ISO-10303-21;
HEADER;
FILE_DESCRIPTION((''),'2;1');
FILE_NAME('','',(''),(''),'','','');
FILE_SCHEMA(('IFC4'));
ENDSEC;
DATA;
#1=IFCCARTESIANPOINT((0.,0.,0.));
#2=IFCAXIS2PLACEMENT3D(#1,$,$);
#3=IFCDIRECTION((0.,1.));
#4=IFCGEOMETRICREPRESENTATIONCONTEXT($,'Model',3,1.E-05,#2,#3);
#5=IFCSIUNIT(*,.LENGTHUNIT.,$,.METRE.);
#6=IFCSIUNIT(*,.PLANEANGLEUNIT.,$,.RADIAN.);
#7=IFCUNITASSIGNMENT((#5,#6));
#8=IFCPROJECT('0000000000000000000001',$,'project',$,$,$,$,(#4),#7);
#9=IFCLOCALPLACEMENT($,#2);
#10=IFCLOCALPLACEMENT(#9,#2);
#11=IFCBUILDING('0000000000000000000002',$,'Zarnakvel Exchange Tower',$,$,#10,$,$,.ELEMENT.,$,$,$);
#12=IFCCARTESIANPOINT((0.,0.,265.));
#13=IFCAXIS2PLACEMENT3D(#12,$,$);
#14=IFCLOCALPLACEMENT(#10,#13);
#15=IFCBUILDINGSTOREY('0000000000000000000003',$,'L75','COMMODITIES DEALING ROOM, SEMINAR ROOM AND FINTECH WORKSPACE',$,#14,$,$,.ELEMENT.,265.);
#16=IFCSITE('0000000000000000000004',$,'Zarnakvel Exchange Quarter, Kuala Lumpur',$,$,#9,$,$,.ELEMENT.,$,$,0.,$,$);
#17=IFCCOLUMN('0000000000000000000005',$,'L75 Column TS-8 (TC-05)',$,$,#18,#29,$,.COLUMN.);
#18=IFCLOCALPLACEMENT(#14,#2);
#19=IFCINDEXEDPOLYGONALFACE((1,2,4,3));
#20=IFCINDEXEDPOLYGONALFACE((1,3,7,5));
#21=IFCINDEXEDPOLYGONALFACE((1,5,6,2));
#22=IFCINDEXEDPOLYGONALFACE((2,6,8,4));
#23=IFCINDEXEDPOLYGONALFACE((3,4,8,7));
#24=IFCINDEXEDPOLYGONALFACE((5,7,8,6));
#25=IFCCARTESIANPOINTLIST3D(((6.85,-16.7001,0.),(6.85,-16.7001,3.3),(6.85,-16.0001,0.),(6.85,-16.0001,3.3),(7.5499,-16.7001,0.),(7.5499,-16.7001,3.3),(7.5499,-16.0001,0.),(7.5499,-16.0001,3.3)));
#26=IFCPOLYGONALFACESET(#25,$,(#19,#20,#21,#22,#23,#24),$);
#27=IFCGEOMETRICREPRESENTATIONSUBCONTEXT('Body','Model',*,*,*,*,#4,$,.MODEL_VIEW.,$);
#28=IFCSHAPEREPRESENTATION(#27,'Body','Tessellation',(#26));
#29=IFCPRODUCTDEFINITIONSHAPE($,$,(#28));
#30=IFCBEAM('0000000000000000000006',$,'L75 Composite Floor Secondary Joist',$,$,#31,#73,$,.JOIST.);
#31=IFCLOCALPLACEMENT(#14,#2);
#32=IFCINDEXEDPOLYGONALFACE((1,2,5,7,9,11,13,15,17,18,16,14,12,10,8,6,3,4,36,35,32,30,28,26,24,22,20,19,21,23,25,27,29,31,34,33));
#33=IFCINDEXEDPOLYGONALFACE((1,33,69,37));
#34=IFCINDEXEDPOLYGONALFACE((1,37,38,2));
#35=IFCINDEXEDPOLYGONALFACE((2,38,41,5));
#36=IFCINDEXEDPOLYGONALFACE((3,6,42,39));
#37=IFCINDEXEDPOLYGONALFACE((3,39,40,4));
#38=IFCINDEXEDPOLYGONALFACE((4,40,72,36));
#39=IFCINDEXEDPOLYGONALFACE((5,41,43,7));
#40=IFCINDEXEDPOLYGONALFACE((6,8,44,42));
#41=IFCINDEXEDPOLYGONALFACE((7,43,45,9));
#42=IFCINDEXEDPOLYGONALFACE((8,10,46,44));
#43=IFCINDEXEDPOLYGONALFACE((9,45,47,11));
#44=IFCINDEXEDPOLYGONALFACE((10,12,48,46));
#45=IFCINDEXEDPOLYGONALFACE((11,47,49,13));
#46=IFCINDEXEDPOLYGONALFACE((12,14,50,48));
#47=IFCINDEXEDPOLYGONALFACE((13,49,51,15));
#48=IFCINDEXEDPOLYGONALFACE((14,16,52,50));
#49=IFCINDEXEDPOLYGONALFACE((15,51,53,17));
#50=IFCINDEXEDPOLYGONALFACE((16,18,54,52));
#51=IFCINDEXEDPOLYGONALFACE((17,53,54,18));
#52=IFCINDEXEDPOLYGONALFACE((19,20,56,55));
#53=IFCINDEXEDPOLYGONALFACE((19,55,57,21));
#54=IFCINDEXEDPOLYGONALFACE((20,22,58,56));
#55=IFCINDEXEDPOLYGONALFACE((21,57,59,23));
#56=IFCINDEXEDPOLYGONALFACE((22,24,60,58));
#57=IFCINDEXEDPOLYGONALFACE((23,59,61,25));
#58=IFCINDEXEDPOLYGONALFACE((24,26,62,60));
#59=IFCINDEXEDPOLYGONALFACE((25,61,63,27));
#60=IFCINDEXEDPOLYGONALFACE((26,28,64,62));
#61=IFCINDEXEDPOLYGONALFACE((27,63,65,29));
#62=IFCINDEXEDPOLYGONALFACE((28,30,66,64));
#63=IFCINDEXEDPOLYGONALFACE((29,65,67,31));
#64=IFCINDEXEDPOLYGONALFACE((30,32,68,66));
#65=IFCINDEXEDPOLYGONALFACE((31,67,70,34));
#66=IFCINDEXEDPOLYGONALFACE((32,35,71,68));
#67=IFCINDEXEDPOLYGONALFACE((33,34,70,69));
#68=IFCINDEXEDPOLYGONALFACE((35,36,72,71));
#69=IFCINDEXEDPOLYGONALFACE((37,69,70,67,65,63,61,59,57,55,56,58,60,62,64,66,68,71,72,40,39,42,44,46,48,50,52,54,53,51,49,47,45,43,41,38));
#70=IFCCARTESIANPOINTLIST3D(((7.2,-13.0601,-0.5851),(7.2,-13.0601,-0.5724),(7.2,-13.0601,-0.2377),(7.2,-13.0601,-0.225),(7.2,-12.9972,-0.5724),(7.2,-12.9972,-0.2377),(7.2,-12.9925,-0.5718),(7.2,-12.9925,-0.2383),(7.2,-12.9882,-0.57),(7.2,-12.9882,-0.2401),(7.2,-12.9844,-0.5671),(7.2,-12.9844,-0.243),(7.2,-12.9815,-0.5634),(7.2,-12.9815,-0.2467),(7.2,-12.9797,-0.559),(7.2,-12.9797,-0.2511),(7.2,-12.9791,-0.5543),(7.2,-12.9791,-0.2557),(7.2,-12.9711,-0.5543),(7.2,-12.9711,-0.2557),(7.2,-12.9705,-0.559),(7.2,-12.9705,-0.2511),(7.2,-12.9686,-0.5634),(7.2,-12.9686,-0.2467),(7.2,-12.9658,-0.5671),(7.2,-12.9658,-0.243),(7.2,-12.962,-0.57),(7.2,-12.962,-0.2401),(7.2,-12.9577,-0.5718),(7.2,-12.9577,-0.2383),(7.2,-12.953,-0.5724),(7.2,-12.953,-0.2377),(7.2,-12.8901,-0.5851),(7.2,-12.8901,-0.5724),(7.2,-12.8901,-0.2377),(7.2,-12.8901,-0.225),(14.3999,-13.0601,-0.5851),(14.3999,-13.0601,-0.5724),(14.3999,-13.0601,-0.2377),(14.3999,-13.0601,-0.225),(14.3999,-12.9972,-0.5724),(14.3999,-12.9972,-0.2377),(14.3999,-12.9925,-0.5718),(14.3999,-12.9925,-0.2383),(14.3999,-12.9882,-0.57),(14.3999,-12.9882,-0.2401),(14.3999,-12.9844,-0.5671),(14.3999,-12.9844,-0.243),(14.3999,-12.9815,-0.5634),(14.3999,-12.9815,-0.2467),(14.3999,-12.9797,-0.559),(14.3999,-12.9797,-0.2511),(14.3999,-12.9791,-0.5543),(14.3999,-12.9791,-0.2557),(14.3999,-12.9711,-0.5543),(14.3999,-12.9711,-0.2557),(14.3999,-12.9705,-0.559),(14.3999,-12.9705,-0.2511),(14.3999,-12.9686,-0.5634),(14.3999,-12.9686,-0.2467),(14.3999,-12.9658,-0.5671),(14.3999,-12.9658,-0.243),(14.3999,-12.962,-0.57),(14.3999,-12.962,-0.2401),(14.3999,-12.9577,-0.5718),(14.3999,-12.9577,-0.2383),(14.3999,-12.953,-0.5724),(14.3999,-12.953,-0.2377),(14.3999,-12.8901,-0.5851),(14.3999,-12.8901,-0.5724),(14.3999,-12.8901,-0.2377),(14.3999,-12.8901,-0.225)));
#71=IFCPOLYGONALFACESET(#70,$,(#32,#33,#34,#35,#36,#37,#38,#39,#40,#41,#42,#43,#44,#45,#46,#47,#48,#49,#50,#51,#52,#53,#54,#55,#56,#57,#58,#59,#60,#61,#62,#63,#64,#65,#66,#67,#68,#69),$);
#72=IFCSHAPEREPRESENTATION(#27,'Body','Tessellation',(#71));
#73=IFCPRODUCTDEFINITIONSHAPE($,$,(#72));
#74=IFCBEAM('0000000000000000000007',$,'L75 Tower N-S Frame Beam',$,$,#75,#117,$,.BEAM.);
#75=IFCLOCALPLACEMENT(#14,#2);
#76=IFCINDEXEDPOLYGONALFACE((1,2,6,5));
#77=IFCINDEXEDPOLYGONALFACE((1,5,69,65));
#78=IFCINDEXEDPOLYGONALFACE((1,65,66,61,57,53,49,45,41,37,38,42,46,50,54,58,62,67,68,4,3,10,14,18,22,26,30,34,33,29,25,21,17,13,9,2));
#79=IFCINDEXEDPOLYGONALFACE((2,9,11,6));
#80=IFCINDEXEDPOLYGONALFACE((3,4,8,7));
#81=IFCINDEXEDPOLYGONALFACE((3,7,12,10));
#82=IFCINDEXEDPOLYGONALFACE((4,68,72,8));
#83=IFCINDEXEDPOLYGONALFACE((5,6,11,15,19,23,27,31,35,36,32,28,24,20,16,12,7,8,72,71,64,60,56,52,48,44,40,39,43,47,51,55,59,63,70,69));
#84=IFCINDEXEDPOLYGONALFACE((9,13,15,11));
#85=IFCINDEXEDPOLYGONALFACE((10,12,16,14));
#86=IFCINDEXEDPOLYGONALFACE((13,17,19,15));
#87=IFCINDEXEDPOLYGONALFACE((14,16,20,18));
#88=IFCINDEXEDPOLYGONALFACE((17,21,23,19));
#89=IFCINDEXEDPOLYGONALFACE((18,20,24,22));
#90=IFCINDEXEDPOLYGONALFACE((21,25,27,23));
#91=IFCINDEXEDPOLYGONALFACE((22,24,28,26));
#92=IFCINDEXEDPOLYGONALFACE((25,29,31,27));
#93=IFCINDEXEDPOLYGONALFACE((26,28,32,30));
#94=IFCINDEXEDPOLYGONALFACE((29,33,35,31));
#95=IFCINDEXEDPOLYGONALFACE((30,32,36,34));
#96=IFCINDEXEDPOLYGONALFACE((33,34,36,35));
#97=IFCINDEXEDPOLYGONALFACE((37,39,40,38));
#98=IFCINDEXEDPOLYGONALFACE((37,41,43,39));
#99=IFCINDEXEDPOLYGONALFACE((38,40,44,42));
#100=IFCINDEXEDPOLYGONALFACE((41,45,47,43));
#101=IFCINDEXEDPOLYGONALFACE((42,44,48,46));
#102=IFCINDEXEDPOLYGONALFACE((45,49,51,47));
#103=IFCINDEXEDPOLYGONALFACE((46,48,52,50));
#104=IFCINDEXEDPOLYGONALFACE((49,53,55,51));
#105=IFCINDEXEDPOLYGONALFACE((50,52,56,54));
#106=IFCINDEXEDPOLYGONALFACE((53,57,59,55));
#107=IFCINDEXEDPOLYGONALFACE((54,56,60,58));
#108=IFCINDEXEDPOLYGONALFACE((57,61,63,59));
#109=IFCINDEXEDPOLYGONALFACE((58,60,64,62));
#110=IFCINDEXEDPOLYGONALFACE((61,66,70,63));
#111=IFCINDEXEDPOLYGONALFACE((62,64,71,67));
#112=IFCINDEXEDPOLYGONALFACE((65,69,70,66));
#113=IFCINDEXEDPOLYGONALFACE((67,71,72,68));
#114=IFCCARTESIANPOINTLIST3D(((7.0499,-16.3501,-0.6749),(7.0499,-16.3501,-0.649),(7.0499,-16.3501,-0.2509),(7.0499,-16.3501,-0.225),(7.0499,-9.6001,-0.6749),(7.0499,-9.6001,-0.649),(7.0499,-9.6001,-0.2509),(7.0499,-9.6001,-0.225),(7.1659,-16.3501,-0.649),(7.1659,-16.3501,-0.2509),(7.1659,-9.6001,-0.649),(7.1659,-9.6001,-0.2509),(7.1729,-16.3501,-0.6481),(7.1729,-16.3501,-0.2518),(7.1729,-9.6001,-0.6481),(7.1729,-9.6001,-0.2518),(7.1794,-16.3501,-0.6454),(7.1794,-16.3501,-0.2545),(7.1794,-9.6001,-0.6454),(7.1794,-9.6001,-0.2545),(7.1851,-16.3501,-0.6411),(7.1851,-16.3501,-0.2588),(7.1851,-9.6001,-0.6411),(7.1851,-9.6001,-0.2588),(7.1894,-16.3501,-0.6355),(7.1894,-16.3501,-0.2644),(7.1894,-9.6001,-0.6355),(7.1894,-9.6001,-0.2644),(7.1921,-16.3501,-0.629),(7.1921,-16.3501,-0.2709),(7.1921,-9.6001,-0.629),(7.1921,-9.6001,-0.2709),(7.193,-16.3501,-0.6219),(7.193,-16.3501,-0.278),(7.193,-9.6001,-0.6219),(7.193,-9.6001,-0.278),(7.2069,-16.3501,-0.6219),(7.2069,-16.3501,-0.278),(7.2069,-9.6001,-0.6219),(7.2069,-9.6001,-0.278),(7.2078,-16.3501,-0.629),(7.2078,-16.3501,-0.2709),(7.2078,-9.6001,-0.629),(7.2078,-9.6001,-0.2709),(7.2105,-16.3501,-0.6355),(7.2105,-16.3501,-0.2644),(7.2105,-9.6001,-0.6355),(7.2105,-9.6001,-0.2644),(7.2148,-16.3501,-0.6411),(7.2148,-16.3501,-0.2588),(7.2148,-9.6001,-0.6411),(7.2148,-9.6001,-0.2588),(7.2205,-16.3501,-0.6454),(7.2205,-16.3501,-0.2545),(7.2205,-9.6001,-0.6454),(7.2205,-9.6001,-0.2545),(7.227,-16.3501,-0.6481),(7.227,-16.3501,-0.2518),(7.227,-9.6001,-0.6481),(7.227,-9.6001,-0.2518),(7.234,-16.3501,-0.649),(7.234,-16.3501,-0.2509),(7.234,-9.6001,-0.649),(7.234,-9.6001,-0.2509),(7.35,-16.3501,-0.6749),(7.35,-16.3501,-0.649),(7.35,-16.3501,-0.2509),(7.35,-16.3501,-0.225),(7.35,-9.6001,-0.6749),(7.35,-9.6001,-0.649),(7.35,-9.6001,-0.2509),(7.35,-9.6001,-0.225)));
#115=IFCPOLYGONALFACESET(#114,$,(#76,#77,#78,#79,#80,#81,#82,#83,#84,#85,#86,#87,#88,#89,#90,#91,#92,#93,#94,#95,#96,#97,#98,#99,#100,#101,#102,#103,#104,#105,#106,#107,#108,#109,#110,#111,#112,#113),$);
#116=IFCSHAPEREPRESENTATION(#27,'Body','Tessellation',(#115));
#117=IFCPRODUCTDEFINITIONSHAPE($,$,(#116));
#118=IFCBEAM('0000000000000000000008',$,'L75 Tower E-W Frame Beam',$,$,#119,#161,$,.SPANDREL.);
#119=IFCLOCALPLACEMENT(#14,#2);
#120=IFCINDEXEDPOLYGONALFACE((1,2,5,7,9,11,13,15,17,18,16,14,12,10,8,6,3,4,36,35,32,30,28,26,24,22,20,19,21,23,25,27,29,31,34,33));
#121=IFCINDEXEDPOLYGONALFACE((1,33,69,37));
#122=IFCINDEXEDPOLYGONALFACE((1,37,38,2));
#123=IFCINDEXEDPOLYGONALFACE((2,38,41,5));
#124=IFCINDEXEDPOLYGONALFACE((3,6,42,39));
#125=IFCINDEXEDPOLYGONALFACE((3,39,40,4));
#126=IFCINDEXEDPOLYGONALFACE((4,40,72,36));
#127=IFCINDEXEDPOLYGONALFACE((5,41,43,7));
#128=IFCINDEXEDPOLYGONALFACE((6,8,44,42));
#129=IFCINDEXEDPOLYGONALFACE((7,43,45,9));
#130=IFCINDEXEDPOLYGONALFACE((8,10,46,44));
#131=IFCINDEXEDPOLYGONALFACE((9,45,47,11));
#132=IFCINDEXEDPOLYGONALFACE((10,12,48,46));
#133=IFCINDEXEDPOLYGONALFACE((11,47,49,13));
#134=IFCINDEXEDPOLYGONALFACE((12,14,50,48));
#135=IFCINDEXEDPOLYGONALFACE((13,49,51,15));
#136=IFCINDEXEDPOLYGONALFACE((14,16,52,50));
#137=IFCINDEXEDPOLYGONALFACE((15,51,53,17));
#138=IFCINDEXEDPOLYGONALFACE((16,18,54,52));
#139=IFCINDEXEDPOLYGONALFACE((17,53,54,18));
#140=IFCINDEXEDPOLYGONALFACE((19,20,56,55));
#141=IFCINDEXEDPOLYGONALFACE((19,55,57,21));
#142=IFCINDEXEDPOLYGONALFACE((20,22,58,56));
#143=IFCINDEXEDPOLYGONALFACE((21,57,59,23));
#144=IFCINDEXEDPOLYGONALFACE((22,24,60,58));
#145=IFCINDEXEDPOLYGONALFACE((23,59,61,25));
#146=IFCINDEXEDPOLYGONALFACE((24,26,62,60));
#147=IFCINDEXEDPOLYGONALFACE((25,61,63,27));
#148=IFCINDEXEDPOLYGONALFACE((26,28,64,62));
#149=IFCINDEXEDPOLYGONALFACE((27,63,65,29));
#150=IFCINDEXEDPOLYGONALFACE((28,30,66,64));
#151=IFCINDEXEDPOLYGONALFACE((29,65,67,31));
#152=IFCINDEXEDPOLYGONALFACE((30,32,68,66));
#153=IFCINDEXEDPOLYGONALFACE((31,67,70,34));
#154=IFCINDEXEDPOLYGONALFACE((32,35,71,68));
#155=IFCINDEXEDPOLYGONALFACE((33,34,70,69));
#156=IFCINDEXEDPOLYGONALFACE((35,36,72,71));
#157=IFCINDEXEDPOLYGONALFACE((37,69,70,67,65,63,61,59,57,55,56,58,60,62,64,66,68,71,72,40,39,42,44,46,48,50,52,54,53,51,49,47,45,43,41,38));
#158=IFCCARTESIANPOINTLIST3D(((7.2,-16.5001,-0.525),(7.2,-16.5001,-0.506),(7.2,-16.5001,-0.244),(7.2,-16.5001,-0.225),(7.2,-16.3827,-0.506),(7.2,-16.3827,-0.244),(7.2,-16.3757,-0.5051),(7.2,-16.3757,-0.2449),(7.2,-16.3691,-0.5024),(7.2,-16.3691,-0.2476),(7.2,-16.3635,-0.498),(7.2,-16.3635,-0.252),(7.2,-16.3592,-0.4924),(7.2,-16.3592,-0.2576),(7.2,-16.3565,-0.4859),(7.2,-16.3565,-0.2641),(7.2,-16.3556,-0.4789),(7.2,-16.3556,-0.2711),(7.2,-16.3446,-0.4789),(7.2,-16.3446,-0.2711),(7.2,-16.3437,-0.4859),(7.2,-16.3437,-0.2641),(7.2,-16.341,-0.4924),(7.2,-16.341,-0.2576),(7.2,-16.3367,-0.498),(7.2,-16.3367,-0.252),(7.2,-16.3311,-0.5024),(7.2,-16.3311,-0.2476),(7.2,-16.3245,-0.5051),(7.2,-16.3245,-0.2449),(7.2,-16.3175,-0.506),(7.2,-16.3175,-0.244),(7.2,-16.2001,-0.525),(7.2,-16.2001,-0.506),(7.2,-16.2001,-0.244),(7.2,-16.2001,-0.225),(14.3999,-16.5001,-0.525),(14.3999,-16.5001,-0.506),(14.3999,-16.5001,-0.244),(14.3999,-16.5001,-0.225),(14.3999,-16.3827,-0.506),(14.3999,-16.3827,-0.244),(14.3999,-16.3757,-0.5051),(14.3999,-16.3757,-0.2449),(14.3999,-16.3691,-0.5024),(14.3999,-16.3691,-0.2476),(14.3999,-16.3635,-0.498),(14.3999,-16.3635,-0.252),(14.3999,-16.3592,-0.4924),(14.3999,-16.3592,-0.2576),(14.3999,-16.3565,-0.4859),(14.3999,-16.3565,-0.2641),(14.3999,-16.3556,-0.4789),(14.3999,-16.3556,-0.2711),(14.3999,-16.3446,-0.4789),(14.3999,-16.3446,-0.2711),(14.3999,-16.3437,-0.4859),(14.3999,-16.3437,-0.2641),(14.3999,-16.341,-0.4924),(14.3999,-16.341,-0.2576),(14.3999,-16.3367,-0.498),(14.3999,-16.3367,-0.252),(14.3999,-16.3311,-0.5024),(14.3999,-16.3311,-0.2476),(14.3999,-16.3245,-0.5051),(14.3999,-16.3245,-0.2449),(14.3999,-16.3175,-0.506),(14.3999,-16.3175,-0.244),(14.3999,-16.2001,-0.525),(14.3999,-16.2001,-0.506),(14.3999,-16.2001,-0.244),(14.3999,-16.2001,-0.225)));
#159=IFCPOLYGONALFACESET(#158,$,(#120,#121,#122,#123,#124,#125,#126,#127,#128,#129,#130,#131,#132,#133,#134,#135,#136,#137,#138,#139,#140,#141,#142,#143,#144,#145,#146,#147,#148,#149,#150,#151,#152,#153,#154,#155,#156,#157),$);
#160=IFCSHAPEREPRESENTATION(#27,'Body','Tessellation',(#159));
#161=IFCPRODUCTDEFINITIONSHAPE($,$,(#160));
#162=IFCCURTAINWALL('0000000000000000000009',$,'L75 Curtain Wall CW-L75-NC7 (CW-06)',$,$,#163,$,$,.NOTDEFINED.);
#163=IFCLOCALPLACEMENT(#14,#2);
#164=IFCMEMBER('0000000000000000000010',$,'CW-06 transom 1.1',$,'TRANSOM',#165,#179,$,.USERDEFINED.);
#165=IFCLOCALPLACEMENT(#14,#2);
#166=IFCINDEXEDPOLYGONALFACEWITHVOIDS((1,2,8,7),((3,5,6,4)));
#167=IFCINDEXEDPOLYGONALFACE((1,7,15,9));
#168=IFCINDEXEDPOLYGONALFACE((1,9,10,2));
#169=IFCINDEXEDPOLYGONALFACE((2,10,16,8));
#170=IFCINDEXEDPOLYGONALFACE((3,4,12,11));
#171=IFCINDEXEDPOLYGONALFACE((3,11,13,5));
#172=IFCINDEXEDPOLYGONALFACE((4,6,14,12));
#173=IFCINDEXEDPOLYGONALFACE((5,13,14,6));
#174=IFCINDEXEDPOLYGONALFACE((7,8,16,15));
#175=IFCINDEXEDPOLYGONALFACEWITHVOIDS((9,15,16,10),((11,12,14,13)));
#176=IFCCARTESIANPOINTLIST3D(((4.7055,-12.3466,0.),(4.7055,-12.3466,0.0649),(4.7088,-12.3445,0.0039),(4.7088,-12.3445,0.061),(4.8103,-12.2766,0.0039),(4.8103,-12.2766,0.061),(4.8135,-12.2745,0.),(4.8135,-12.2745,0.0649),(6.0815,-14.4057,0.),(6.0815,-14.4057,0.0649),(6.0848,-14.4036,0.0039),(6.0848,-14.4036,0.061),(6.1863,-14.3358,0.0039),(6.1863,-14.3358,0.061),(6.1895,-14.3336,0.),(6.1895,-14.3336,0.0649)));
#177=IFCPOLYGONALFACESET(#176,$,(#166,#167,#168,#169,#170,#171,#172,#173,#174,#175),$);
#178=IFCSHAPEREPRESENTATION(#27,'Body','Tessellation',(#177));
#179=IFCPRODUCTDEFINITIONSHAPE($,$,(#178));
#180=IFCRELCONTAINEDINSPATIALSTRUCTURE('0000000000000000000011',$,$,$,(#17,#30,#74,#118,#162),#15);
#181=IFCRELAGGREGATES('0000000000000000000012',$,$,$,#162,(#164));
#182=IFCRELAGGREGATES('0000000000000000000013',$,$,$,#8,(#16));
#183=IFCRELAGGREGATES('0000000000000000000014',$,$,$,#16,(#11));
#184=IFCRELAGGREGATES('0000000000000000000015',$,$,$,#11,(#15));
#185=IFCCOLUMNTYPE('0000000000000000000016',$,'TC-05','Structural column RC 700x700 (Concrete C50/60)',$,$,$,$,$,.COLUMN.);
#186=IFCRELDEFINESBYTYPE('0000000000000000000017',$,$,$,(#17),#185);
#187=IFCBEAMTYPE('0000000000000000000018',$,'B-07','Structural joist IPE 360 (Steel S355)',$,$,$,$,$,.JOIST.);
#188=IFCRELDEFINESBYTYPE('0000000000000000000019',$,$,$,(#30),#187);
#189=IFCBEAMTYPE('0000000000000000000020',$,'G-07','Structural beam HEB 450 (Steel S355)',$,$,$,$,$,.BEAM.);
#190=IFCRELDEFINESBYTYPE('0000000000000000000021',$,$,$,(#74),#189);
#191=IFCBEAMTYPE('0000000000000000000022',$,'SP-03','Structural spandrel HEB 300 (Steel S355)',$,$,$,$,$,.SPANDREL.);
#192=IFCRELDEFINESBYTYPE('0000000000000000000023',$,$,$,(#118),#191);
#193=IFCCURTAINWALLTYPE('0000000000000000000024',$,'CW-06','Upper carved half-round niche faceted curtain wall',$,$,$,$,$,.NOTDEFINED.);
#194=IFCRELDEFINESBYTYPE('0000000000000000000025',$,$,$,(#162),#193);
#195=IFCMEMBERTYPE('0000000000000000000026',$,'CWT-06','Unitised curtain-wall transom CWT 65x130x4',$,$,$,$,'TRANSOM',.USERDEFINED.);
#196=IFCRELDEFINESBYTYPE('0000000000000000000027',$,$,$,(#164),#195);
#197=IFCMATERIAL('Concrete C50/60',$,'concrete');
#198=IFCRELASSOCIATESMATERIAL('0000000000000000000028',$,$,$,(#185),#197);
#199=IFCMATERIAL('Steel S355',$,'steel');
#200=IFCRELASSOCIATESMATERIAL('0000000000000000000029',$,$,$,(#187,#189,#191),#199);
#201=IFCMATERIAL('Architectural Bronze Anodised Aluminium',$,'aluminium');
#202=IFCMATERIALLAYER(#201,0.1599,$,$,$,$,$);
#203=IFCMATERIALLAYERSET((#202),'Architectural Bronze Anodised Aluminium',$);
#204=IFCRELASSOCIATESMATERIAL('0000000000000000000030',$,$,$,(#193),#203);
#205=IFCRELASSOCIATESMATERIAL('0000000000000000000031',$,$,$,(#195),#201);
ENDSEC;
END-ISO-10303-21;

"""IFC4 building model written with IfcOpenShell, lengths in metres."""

from ifc_helpers import new_model, si_unit, direction, frame, origin, origin_2d, place, context, subcontext, project, spatial, rectangle, hollow_rectangle, i_section, extrude, source, transform, mapped, material, layer, layer_set, material_profile, profile_set, type_object, element, aggregate, save


model = new_model("IFC4")

# Units and contexts
model_context = context("Model", 3, precision=1e-05, world=origin(), true_north=direction((0.0, 1.0)))
body_context = subcontext(model_context, "Body", "Model", "MODEL_VIEW")
ifc_project = project(units=[si_unit("LENGTHUNIT", "METRE"), si_unit("PLANEANGLEUNIT", "RADIAN")], contexts=[model_context])

# Site, building, storey
site_placement = place(None, origin())
site = spatial("IfcSite", under=ifc_project, at=site_placement, Name="Zarnakvel Exchange Quarter, Kuala Lumpur", CompositionType="ELEMENT", RefElevation=0.0)
building_placement = place(site_placement, origin())
building = spatial("IfcBuilding", under=site, at=building_placement, Name="Zarnakvel Exchange Tower", CompositionType="ELEMENT")
storey_placement = place(building_placement, frame((0.0, 0.0, 265.0)))
storey = spatial("IfcBuildingStorey", under=building, at=storey_placement, Name="L75", Description="COMMODITIES DEALING ROOM, SEMINAR ROOM AND FINTECH WORKSPACE", CompositionType="ELEMENT", Elevation=265.0)

# Column
ifc_material_1 = material(Name="Concrete C50/60", Category="concrete")
ifc_material_profile_1 = material_profile(ifc_material_1, rectangle(XDim=0.7, YDim=0.7, at=origin_2d()))
ifc_profile_set_1 = profile_set([ifc_material_profile_1], Name="Concrete C50/60")
column_type = type_object("IfcColumnType", Name="TC-05", Description="Structural column RC 700x700 (Concrete C50/60)", PredefinedType="COLUMN", material=ifc_profile_set_1)
column_placement = place(storey_placement, frame((7.2, -16.3501, 0.0), z_axis=(0.0, 0.0, 1.0), x_axis=(1.0, 0.0, 0.0)))
element("IfcColumn", 1, at=column_placement, inside=storey, type_object=column_type, Name="L75 Column TS-8 (TC-05)", PredefinedType="COLUMN", context=body_context, shape_type="SweptSolid", body=[
    extrude(rectangle(XDim=0.7, YDim=0.7, at=origin_2d()), origin(), (0.0, 0.0, 1.0), 3.3),
])

# Beams
ifc_material_2 = material(Name="Steel S355", Category="steel")
ifc_material_profile_2 = material_profile(ifc_material_2, i_section(OverallWidth=0.1699, OverallDepth=0.3601, WebThickness=0.0081, FlangeThickness=0.0127, FilletRadius=0.0181, at=origin_2d()))
ifc_profile_set_2 = profile_set([ifc_material_profile_2], Name="Steel S355")
beam_type_1 = type_object("IfcBeamType", Name="B-07", Description="Structural joist IPE 360 (Steel S355)", PredefinedType="JOIST", material=ifc_profile_set_2)
beam_1_placement = place(storey_placement, frame((7.2, -12.9751, -0.405), z_axis=(1.0, 0.0, 0.0), x_axis=(0.0, 1.0, 0.0)))
element("IfcBeam", 2, at=beam_1_placement, inside=storey, type_object=beam_type_1, Name="L75 Composite Floor Secondary Joist", PredefinedType="JOIST", context=body_context, shape_type="SweptSolid", body=[
    extrude(i_section(OverallWidth=0.1699, OverallDepth=0.3601, WebThickness=0.0081, FlangeThickness=0.0127, FilletRadius=0.0181, at=origin_2d()), origin(), (0.0, 0.0, 1.0), 7.2),
])
ifc_material_profile_3 = material_profile(ifc_material_2, i_section(OverallWidth=0.3, OverallDepth=0.45, WebThickness=0.0139, FlangeThickness=0.0259, FilletRadius=0.0271, at=origin_2d()))
ifc_profile_set_3 = profile_set([ifc_material_profile_3], Name="Steel S355")
beam_type_2 = type_object("IfcBeamType", Name="G-07", Description="Structural beam HEB 450 (Steel S355)", PredefinedType="BEAM", material=ifc_profile_set_3)
beam_2_placement = place(storey_placement, frame((7.2, -16.3501, -0.45), z_axis=(0.0, 1.0, 0.0), x_axis=(-1.0, 0.0, 0.0)))
element("IfcBeam", 3, at=beam_2_placement, inside=storey, type_object=beam_type_2, Name="L75 Tower N-S Frame Beam", PredefinedType="BEAM", context=body_context, shape_type="SweptSolid", body=[
    extrude(i_section(OverallWidth=0.3, OverallDepth=0.45, WebThickness=0.0139, FlangeThickness=0.0259, FilletRadius=0.0271, at=origin_2d()), origin(), (0.0, 0.0, 1.0), 6.75),
])
ifc_material_profile_4 = material_profile(ifc_material_2, i_section(OverallWidth=0.3, OverallDepth=0.3, WebThickness=0.011, FlangeThickness=0.019, FilletRadius=0.0271, at=origin_2d()))
ifc_profile_set_4 = profile_set([ifc_material_profile_4], Name="Steel S355")
beam_type_3 = type_object("IfcBeamType", Name="SP-03", Description="Structural spandrel HEB 300 (Steel S355)", PredefinedType="SPANDREL", material=ifc_profile_set_4)
beam_3_placement = place(storey_placement, frame((7.2, -16.3501, -0.375), z_axis=(1.0, 0.0, 0.0), x_axis=(0.0, 1.0, 0.0)))
element("IfcBeam", 4, at=beam_3_placement, inside=storey, type_object=beam_type_3, Name="L75 Tower E-W Frame Beam", PredefinedType="SPANDREL", context=body_context, shape_type="SweptSolid", body=[
    extrude(i_section(OverallWidth=0.3, OverallDepth=0.3, WebThickness=0.011, FlangeThickness=0.019, FilletRadius=0.0271, at=origin_2d()), origin(), (0.0, 0.0, 1.0), 7.2),
])

# Curtain wall, member
ifc_material_3 = material(Name="Architectural Bronze Anodised Aluminium", Category="aluminium")
ifc_layer_1 = layer(ifc_material_3, 0.1599)
ifc_layer_set_1 = layer_set([ifc_layer_1], Name="Architectural Bronze Anodised Aluminium")
curtain_wall_type = type_object("IfcCurtainWallType", Name="CW-06", Description="Upper carved half-round niche faceted curtain wall", PredefinedType="NOTDEFINED", material=ifc_layer_set_1)
curtain_wall_1_placement = place(storey_placement, origin())
curtain_wall_1 = element("IfcCurtainWall", 5, at=curtain_wall_1_placement, inside=storey, type_object=curtain_wall_type, Name="L75 Curtain Wall CW-L75-NC7 (CW-06)", PredefinedType="NOTDEFINED")
ifc_material_profile_5 = material_profile(ifc_material_3, hollow_rectangle(XDim=0.1299, YDim=0.0649, WallThickness=0.0039, at=origin_2d()))
ifc_profile_set_5 = profile_set([ifc_material_profile_5], Name="Architectural Bronze Anodised Aluminium")
member_type_1 = type_object("IfcMemberType", Name="CWT-06", Description="Unitised curtain-wall transom CWT 65x130x4", ElementType="TRANSOM", PredefinedType="USERDEFINED", material=ifc_profile_set_5)
shared_shape_1 = source(origin(), body_context, "Body", "SweptSolid", [
    extrude(hollow_rectangle(XDim=0.1299, YDim=0.0649, WallThickness=0.0039, at=origin_2d()), origin(), (0.0, 0.0, 1.0), 2.4766),
])
member_1_placement = place(storey_placement, frame((4.7595, -12.3105, 0.0325), z_axis=(0.55561, -0.831443, 0.0), x_axis=(0.831443, 0.55561, 0.0)))
member_1 = element("IfcMember", 6, at=member_1_placement, type_object=member_type_1, Name="CW-06 transom 1.1", ObjectType="TRANSOM", PredefinedType="USERDEFINED", context=body_context, shape_type="MappedRepresentation", body=[
    mapped(shared_shape_1, transform((0.0, 0.0, 0.0), x_axis=(1.0, 0.0, 0.0), y_axis=(0.0, 1.0, 0.0), z_axis=(0.0, 0.0, 1.0), scale=1.0)),
])

aggregate(curtain_wall_1, [member_1])

save(model, "model.ifc")
